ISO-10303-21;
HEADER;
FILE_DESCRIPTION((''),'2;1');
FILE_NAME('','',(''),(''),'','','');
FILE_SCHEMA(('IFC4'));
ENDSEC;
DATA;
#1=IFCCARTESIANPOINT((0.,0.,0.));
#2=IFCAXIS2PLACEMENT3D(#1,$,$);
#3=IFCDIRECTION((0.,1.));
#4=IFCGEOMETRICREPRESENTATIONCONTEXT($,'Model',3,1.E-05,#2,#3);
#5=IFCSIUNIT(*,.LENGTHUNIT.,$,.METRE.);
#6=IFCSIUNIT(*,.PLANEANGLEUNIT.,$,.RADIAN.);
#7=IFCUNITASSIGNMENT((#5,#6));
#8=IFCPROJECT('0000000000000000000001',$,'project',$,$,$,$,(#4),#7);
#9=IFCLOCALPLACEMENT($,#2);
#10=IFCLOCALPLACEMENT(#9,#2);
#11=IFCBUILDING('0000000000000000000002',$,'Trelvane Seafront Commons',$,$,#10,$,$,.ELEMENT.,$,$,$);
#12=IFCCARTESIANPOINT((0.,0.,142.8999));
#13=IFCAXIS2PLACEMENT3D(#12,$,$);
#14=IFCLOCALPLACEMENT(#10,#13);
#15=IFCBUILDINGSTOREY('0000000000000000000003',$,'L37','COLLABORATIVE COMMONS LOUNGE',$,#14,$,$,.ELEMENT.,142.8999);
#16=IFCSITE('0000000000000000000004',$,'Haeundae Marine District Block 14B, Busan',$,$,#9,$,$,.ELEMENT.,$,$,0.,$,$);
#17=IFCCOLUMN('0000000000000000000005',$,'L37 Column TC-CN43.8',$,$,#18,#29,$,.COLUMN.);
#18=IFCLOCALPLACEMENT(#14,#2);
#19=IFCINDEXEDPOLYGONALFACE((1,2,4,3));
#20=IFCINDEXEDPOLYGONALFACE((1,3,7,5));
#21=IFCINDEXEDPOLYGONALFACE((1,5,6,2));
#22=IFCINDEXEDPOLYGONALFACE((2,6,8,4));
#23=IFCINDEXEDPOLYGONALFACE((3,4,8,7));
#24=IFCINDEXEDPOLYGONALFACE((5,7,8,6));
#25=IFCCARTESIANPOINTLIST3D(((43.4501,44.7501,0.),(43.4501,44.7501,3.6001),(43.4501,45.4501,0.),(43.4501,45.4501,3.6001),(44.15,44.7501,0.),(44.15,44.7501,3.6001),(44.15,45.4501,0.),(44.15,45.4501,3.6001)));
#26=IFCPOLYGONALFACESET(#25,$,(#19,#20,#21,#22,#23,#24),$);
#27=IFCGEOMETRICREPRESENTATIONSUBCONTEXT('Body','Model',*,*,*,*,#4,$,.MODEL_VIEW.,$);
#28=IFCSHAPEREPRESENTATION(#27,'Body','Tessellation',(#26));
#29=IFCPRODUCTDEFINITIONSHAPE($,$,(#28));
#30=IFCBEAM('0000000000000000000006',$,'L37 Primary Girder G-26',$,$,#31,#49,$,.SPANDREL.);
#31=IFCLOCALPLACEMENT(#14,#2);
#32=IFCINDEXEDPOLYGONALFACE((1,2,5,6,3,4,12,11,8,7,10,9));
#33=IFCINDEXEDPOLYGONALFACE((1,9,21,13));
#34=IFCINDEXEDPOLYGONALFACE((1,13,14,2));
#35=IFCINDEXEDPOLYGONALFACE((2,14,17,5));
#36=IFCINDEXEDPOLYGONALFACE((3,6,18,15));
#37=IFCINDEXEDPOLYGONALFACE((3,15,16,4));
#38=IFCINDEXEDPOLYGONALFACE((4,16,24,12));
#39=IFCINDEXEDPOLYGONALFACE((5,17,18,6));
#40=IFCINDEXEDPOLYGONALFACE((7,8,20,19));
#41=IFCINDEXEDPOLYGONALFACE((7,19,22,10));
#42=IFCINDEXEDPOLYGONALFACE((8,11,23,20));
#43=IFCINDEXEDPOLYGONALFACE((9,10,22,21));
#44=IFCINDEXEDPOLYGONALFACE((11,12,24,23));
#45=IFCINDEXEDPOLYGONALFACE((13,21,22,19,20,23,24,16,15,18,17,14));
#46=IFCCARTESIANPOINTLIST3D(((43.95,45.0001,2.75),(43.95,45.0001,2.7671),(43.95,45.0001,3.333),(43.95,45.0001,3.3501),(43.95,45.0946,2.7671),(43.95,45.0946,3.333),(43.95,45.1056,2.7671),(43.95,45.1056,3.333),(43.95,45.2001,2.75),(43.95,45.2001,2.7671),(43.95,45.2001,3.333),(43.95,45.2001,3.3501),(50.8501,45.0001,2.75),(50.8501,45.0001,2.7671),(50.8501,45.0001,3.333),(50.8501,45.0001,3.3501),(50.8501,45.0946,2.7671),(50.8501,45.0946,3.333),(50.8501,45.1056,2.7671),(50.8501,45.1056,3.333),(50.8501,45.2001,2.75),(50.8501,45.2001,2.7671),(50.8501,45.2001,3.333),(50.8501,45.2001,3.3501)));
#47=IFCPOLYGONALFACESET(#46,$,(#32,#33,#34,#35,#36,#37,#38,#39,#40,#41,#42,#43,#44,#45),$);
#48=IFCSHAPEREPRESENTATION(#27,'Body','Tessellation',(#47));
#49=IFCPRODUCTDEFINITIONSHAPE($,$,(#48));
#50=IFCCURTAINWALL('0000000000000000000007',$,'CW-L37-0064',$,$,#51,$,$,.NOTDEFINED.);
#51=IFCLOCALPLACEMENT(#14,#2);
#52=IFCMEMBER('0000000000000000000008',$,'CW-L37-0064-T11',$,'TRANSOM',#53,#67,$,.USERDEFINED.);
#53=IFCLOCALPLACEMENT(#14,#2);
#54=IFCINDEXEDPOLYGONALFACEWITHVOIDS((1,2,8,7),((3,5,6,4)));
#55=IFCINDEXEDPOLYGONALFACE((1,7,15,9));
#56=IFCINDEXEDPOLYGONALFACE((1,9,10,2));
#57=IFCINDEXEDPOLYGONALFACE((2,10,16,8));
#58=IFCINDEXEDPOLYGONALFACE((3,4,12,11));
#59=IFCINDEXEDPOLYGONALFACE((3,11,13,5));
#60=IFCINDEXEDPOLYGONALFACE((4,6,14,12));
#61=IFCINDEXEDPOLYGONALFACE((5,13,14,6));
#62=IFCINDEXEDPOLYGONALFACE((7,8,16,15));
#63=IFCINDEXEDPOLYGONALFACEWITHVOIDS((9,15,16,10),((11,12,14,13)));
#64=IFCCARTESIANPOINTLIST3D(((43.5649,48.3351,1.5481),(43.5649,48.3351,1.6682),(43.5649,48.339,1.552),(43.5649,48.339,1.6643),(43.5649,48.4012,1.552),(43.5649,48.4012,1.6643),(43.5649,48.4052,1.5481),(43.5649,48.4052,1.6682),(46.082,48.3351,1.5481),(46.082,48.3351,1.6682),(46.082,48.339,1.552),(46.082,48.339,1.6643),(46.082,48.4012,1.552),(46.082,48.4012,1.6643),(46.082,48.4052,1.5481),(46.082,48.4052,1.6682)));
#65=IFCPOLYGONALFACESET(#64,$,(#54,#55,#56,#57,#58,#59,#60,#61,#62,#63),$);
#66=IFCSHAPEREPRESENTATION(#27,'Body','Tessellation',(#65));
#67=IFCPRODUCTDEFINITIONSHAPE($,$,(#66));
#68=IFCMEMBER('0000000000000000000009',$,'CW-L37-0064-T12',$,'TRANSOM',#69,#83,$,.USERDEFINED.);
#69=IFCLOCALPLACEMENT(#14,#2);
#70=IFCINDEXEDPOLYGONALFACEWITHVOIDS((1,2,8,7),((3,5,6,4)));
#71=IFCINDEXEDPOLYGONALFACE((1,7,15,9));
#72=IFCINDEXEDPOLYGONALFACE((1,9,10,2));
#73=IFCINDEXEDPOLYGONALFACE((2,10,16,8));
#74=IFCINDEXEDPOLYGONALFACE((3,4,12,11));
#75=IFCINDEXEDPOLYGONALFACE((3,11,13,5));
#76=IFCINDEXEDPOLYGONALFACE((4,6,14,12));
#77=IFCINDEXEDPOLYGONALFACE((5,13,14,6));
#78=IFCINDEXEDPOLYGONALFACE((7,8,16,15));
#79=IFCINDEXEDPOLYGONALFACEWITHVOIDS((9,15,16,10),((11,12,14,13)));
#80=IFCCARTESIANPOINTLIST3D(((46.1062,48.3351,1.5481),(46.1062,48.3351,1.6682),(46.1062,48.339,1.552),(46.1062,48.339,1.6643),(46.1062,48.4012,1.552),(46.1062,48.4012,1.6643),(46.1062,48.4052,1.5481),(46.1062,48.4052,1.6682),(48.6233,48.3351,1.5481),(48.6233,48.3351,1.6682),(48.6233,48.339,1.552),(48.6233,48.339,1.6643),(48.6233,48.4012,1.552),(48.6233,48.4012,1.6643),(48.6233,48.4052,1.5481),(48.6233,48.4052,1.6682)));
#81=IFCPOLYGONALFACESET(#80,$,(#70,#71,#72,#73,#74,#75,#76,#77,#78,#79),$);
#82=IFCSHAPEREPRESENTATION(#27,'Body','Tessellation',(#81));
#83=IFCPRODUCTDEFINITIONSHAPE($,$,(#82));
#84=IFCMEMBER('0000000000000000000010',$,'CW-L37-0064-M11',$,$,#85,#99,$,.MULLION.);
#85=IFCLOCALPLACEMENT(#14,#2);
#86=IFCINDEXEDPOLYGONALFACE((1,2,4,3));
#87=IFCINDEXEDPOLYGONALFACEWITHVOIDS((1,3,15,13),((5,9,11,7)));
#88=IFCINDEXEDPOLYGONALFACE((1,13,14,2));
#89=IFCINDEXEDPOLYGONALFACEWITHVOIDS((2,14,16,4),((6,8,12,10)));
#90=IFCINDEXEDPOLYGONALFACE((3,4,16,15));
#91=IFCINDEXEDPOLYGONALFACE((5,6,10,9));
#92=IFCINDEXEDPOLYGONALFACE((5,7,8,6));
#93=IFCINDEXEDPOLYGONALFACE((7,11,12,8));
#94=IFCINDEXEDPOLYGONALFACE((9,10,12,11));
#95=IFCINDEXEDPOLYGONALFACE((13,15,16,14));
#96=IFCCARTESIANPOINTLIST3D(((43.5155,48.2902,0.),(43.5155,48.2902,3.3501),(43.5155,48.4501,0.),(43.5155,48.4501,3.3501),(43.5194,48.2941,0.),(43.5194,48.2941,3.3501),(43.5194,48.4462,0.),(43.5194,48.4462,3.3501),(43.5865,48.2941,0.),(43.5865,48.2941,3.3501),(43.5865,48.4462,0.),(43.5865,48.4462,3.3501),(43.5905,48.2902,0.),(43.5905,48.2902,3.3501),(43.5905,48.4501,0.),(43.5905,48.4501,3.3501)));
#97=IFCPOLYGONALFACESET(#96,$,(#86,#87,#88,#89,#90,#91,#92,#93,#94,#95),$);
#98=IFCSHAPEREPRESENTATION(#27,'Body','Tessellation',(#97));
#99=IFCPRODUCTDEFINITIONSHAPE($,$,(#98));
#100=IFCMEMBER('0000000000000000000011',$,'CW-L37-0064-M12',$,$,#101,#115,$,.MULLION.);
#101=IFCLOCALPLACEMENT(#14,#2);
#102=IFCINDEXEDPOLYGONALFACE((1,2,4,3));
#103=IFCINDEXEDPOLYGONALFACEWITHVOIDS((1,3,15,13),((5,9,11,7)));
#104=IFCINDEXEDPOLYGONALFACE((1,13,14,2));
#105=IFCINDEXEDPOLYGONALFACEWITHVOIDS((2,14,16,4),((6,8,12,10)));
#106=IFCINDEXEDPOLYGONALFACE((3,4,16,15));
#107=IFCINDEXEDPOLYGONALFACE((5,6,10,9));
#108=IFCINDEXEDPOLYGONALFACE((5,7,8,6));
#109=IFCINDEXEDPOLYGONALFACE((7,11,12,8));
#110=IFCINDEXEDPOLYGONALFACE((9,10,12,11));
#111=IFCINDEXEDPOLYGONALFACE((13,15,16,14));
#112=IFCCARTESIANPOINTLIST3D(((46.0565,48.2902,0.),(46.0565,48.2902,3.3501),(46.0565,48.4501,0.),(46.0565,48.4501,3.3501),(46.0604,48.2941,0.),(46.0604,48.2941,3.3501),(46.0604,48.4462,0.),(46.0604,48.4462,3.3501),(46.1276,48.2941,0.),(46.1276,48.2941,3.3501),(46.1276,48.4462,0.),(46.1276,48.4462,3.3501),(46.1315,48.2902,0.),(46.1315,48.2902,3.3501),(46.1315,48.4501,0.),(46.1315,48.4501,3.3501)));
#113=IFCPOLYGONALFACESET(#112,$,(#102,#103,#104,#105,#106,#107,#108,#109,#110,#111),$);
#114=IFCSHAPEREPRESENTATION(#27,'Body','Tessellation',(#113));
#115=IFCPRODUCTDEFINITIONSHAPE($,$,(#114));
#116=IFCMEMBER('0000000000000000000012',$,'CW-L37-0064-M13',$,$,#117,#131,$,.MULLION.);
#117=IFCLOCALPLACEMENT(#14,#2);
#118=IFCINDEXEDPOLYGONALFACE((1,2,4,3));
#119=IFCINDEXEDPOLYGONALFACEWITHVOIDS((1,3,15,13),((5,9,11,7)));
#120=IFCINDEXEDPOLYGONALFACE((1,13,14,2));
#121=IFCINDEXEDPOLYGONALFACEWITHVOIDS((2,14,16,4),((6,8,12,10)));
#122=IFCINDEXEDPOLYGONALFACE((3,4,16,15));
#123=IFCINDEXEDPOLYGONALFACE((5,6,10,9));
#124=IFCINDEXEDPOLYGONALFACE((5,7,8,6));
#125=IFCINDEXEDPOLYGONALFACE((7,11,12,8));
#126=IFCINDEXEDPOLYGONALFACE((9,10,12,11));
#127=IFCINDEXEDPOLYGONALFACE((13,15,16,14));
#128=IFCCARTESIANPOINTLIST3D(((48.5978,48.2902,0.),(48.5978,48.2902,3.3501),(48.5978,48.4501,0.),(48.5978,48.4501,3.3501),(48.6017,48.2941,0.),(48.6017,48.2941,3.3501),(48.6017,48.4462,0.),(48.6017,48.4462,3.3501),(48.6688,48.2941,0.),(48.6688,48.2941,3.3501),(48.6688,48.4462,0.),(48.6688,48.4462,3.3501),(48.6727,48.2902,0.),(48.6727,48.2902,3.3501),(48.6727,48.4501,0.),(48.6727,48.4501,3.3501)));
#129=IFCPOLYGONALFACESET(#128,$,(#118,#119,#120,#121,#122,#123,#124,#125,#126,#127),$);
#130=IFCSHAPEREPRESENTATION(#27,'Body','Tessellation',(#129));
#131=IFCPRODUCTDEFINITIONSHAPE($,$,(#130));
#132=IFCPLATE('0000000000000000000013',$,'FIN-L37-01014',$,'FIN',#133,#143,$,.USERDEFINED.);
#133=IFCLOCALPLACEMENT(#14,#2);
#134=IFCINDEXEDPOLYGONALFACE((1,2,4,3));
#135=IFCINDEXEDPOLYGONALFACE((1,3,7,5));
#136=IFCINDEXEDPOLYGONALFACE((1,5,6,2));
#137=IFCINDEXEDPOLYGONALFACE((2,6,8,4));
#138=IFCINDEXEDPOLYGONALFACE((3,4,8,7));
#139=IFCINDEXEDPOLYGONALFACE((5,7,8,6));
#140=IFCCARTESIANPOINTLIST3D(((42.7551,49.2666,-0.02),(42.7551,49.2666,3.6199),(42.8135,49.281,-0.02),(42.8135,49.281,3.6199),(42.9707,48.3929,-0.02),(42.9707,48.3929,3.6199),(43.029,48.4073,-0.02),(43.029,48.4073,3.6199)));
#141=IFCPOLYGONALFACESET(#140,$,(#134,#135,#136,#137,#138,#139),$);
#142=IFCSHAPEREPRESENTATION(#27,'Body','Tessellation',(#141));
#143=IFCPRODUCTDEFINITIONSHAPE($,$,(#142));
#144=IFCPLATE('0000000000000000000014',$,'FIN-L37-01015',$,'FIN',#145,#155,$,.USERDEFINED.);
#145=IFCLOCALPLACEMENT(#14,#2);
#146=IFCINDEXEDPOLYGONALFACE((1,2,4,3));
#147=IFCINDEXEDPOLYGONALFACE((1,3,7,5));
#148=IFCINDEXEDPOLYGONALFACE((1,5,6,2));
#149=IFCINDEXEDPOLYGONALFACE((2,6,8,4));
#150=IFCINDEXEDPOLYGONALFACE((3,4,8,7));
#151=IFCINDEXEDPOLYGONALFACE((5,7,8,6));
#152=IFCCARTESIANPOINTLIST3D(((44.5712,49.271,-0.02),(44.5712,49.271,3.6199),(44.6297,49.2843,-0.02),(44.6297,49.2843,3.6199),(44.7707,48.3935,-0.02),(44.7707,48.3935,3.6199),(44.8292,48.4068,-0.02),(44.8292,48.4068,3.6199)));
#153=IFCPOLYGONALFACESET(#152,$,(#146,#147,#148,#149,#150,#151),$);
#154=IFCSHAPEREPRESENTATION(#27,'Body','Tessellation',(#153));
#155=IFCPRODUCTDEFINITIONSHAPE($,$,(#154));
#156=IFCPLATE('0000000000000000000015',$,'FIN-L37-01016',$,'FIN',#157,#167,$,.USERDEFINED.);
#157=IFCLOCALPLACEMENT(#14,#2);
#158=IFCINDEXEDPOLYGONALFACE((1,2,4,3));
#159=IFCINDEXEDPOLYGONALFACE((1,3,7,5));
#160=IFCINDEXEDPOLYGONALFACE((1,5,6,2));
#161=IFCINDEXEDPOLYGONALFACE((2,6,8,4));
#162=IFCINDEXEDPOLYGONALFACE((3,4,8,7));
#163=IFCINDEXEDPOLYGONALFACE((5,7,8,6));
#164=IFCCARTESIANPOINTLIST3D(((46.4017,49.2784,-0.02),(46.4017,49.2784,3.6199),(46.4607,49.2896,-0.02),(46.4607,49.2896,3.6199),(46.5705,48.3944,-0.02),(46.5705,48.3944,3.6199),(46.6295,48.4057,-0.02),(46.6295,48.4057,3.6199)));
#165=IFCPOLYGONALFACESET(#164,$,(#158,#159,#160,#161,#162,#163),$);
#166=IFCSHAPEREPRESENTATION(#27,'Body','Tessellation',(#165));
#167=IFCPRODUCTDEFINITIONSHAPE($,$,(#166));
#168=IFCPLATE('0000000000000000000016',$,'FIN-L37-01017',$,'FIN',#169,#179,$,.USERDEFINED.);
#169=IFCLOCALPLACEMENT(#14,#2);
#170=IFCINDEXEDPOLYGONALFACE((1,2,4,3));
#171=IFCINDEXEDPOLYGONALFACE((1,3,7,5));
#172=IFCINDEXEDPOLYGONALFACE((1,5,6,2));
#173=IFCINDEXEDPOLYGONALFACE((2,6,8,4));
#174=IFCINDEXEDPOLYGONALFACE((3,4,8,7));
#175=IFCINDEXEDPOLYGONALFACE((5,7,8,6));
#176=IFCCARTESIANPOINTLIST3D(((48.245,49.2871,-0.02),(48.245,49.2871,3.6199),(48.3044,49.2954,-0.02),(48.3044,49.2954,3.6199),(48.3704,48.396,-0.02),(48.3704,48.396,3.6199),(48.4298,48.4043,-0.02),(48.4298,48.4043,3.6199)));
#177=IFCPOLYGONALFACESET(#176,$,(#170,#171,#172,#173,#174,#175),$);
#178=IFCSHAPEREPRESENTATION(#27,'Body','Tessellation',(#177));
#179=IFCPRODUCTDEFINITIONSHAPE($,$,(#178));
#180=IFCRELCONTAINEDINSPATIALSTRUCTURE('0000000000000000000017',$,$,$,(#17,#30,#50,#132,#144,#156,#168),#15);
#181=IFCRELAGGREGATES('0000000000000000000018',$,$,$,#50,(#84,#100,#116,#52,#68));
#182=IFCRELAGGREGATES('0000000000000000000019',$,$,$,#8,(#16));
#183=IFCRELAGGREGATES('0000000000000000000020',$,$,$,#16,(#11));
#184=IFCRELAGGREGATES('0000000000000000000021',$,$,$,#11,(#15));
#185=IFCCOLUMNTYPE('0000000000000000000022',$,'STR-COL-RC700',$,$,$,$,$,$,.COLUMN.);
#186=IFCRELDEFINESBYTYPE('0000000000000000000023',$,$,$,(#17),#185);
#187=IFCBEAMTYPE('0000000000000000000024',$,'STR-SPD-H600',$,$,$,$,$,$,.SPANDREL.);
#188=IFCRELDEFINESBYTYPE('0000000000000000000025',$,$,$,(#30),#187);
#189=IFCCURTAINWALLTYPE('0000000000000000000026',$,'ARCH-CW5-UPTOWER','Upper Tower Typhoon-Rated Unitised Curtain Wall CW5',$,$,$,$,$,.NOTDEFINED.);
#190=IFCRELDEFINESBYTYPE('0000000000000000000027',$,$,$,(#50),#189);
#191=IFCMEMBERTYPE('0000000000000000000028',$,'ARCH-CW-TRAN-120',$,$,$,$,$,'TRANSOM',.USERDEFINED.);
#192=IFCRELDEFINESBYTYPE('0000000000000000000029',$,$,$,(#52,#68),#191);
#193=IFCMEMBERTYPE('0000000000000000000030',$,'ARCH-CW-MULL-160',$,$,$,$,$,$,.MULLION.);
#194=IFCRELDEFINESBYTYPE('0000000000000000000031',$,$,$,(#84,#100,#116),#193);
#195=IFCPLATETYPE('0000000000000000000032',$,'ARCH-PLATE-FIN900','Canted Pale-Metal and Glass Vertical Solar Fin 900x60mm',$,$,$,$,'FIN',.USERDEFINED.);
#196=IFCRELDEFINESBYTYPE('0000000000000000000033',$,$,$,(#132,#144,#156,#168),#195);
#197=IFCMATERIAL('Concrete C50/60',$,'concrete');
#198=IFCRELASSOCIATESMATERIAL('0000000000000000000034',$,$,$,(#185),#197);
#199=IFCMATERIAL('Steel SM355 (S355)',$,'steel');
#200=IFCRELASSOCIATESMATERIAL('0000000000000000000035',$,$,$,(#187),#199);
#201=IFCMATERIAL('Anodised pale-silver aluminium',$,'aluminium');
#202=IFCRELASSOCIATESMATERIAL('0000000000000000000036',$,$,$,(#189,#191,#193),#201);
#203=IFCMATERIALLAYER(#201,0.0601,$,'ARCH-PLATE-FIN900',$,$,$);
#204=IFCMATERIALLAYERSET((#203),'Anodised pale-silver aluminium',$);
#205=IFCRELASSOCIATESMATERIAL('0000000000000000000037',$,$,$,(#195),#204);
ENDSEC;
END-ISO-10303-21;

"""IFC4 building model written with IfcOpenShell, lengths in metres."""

from ifc_helpers import new_model, si_unit, direction, frame, origin, origin_2d, place, context, subcontext, project, spatial, rectangle, hollow_rectangle, i_section, extrude, source, transform, mapped, material, layer, layer_set, material_profile, profile_set, type_object, element, aggregate, save


model = new_model("IFC4")

# Units and contexts
model_context = context("Model", 3, precision=1e-05, world=origin(), true_north=direction((0.0, 1.0)))
body_context = subcontext(model_context, "Body", "Model", "MODEL_VIEW")
ifc_project = project(units=[si_unit("LENGTHUNIT", "METRE"), si_unit("PLANEANGLEUNIT", "RADIAN")], contexts=[model_context])

# Site, building, storey
site_placement = place(None, origin())
site = spatial("IfcSite", under=ifc_project, at=site_placement, Name="Haeundae Marine District Block 14B, Busan", CompositionType="ELEMENT", RefElevation=0.0)
building_placement = place(site_placement, origin())
building = spatial("IfcBuilding", under=site, at=building_placement, Name="Trelvane Seafront Commons", CompositionType="ELEMENT")
storey_placement = place(building_placement, frame((0.0, 0.0, 142.8999)))
storey = spatial("IfcBuildingStorey", under=building, at=storey_placement, Name="L37", Description="COLLABORATIVE COMMONS LOUNGE", CompositionType="ELEMENT", Elevation=142.8999)

# Column
ifc_material_1 = material(Name="Concrete C50/60", Category="concrete")
ifc_material_profile_1 = material_profile(ifc_material_1, rectangle(XDim=0.7, YDim=0.7, at=origin_2d()), Name="RC-700x700")
ifc_profile_set_1 = profile_set([ifc_material_profile_1], Name="Concrete C50/60")
column_type = type_object("IfcColumnType", Name="STR-COL-RC700", PredefinedType="COLUMN", material=ifc_profile_set_1)
shared_shape_1 = source(origin(), body_context, "Body", "SweptSolid", [
    extrude(rectangle(XDim=0.7, YDim=0.7, at=origin_2d()), origin(), (0.0, 0.0, 1.0), 3.6001),
])
column_placement = place(storey_placement, frame((43.8, 45.1001, 0.0), z_axis=(0.0, 0.0, 1.0), x_axis=(1.0, 0.0, 0.0)))
element("IfcColumn", 1, at=column_placement, inside=storey, type_object=column_type, Name="L37 Column TC-CN43.8", PredefinedType="COLUMN", context=body_context, shape_type="MappedRepresentation", body=[
    mapped(shared_shape_1, transform((0.0, 0.0, 0.0), x_axis=(1.0, 0.0, 0.0), y_axis=(0.0, 1.0, 0.0), z_axis=(0.0, 0.0, 1.0), scale=1.0)),
])

# Beam
ifc_material_2 = material(Name="Steel SM355 (S355)", Category="steel")
ifc_material_profile_2 = material_profile(ifc_material_2, i_section(OverallWidth=0.2, OverallDepth=0.6001, WebThickness=0.011, FlangeThickness=0.0171, at=origin_2d()), Name="H-600x200x11x17")
ifc_profile_set_2 = profile_set([ifc_material_profile_2], Name="Steel SM355 (S355)")
beam_type = type_object("IfcBeamType", Name="STR-SPD-H600", PredefinedType="SPANDREL", material=ifc_profile_set_2)
shared_shape_2 = source(origin(), body_context, "Body", "SweptSolid", [
    extrude(i_section(OverallWidth=0.2, OverallDepth=0.6001, WebThickness=0.011, FlangeThickness=0.0171, at=origin_2d()), origin(), (0.0, 0.0, 1.0), 6.9001),
])
beam_placement = place(storey_placement, frame((43.95, 45.1001, 3.05), z_axis=(1.0, 0.0, 0.0), x_axis=(0.0, 1.0, 0.0)))
element("IfcBeam", 2, at=beam_placement, inside=storey, type_object=beam_type, Name="L37 Primary Girder G-26", PredefinedType="SPANDREL", context=body_context, shape_type="MappedRepresentation", body=[
    mapped(shared_shape_2, transform((0.0, 0.0, 0.0), x_axis=(1.0, 0.0, 0.0), y_axis=(0.0, 1.0, 0.0), z_axis=(0.0, 0.0, 1.0), scale=1.0)),
])

# Curtain wall, members
ifc_material_3 = material(Name="Anodised pale-silver aluminium", Category="aluminium")
curtain_wall_type = type_object("IfcCurtainWallType", Name="ARCH-CW5-UPTOWER", Description="Upper Tower Typhoon-Rated Unitised Curtain Wall CW5", PredefinedType="NOTDEFINED", material=ifc_material_3)
curtain_wall_placement = place(storey_placement, origin())
curtain_wall = element("IfcCurtainWall", 3, at=curtain_wall_placement, inside=storey, type_object=curtain_wall_type, Name="CW-L37-0064", PredefinedType="NOTDEFINED")
ifc_material_profile_3 = material_profile(ifc_material_3, hollow_rectangle(XDim=0.0701, YDim=0.1201, WallThickness=0.0039, at=origin_2d()), Name="TRAN-70x120x4")
ifc_profile_set_3 = profile_set([ifc_material_profile_3], Name="Anodised pale-silver aluminium")
member_type_1 = type_object("IfcMemberType", Name="ARCH-CW-TRAN-120", ElementType="TRANSOM", PredefinedType="USERDEFINED", material=ifc_profile_set_3)
shared_shape_3 = source(origin(), body_context, "Body", "SweptSolid", [
    extrude(hollow_rectangle(XDim=0.0701, YDim=0.1201, WallThickness=0.0039, at=origin_2d()), origin(), (0.0, 0.0, 1.0), 2.5171),
])
member_1_placement = place(storey_placement, frame((43.5649, 48.3701, 1.6082), z_axis=(1.0, 0.0, 0.0), x_axis=(0.0, 1.0, 0.0)))
member_1 = element("IfcMember", 4, at=member_1_placement, type_object=member_type_1, Name="CW-L37-0064-T11", ObjectType="TRANSOM", PredefinedType="USERDEFINED", context=body_context, shape_type="MappedRepresentation", body=[
    mapped(shared_shape_3, transform((0.0, 0.0, 0.0), x_axis=(1.0, 0.0, 0.0), y_axis=(0.0, 1.0, 0.0), z_axis=(0.0, 0.0, 1.0), scale=1.0)),
])
member_2_placement = place(storey_placement, frame((46.1062, 48.3701, 1.6082), z_axis=(1.0, 0.0, 0.0), x_axis=(0.0, 1.0, 0.0)))
member_2 = element("IfcMember", 5, at=member_2_placement, type_object=member_type_1, Name="CW-L37-0064-T12", ObjectType="TRANSOM", PredefinedType="USERDEFINED", context=body_context, shape_type="MappedRepresentation", body=[
    mapped(shared_shape_3, transform((0.0, 0.0, 0.0), x_axis=(1.0, 0.0, 0.0), y_axis=(0.0, 1.0, 0.0), z_axis=(0.0, 0.0, 1.0), scale=1.0)),
])
ifc_material_profile_4 = material_profile(ifc_material_3, hollow_rectangle(XDim=0.075, YDim=0.1599, WallThickness=0.0039, at=origin_2d()), Name="MULL-75x160x4")
ifc_profile_set_4 = profile_set([ifc_material_profile_4], Name="Anodised pale-silver aluminium")
member_type_2 = type_object("IfcMemberType", Name="ARCH-CW-MULL-160", PredefinedType="MULLION", material=ifc_profile_set_4)
shared_shape_4 = source(origin(), body_context, "Body", "SweptSolid", [
    extrude(hollow_rectangle(XDim=0.075, YDim=0.1599, WallThickness=0.0039, at=origin_2d()), origin(), (0.0, 0.0, 1.0), 3.3501),
])
member_3_placement = place(storey_placement, frame((43.553, 48.3701, 0.0), z_axis=(0.0, 0.0, 1.0), x_axis=(1.0, 0.0, 0.0)))
member_3 = element("IfcMember", 6, at=member_3_placement, type_object=member_type_2, Name="CW-L37-0064-M11", PredefinedType="MULLION", context=body_context, shape_type="MappedRepresentation", body=[
    mapped(shared_shape_4, transform((0.0, 0.0, 0.0), x_axis=(1.0, 0.0, 0.0), y_axis=(0.0, 1.0, 0.0), z_axis=(0.0, 0.0, 1.0), scale=1.0)),
])
member_4_placement = place(storey_placement, frame((46.094, 48.3701, 0.0), z_axis=(0.0, 0.0, 1.0), x_axis=(1.0, 0.0, 0.0)))
member_4 = element("IfcMember", 7, at=member_4_placement, type_object=member_type_2, Name="CW-L37-0064-M12", PredefinedType="MULLION", context=body_context, shape_type="MappedRepresentation", body=[
    mapped(shared_shape_4, transform((0.0, 0.0, 0.0), x_axis=(1.0, 0.0, 0.0), y_axis=(0.0, 1.0, 0.0), z_axis=(0.0, 0.0, 1.0), scale=1.0)),
])
member_5_placement = place(storey_placement, frame((48.6353, 48.3701, 0.0), z_axis=(0.0, 0.0, 1.0), x_axis=(1.0, 0.0, 0.0)))
member_5 = element("IfcMember", 8, at=member_5_placement, type_object=member_type_2, Name="CW-L37-0064-M13", PredefinedType="MULLION", context=body_context, shape_type="MappedRepresentation", body=[
    mapped(shared_shape_4, transform((0.0, 0.0, 0.0), x_axis=(1.0, 0.0, 0.0), y_axis=(0.0, 1.0, 0.0), z_axis=(0.0, 0.0, 1.0), scale=1.0)),
])

# Plates
ifc_layer_1 = layer(ifc_material_3, 0.0601, Name="ARCH-PLATE-FIN900")
ifc_layer_set_1 = layer_set([ifc_layer_1], Name="Anodised pale-silver aluminium")
plate_type_1 = type_object("IfcPlateType", Name="ARCH-PLATE-FIN900", Description="Canted Pale-Metal and Glass Vertical Solar Fin 900x60mm", ElementType="FIN", PredefinedType="USERDEFINED", material=ifc_layer_set_1)
shared_shape_5 = source(origin(), body_context, "Body", "SweptSolid", [
    extrude(rectangle(XDim=0.8999, YDim=0.0601, at=origin_2d()), origin(), (0.0, 0.0, 1.0), 3.6399),
])
for number, where, z_axis, x_axis, name in (
    (9, (42.8921, 48.8369, -0.02), (0.0, 0.0, 1.0), (-0.239554, 0.970883, 0.0), "FIN-L37-01014"),
    (10, (44.7002, 48.8389, -0.02), (0.0, 0.0, 1.0), (-0.221669, 0.975122, 0.0), "FIN-L37-01015"),
    (11, (46.5156, 48.842, -0.02), (0.0, 0.0, 1.0), (-0.187561, 0.982253, 0.0), "FIN-L37-01016"),
    (12, (48.3374, 48.8457, -0.02), (0.0, 0.0, 1.0), (-0.139337, 0.990245, 0.0), "FIN-L37-01017"),
):
    element("IfcPlate", number, at=place(storey_placement, frame(where, z_axis=z_axis, x_axis=x_axis)), inside=storey, type_object=plate_type_1, Name=name, ObjectType="FIN", PredefinedType="USERDEFINED", context=body_context, shape_type="MappedRepresentation", body=[
        mapped(shared_shape_5, transform((0.0, 0.0, 0.0), x_axis=(1.0, 0.0, 0.0), y_axis=(0.0, 1.0, 0.0), z_axis=(0.0, 0.0, 1.0), scale=1.0)),
    ])

aggregate(curtain_wall, [member_3, member_4, member_5, member_1, member_2])

save(model, "model.ifc")
